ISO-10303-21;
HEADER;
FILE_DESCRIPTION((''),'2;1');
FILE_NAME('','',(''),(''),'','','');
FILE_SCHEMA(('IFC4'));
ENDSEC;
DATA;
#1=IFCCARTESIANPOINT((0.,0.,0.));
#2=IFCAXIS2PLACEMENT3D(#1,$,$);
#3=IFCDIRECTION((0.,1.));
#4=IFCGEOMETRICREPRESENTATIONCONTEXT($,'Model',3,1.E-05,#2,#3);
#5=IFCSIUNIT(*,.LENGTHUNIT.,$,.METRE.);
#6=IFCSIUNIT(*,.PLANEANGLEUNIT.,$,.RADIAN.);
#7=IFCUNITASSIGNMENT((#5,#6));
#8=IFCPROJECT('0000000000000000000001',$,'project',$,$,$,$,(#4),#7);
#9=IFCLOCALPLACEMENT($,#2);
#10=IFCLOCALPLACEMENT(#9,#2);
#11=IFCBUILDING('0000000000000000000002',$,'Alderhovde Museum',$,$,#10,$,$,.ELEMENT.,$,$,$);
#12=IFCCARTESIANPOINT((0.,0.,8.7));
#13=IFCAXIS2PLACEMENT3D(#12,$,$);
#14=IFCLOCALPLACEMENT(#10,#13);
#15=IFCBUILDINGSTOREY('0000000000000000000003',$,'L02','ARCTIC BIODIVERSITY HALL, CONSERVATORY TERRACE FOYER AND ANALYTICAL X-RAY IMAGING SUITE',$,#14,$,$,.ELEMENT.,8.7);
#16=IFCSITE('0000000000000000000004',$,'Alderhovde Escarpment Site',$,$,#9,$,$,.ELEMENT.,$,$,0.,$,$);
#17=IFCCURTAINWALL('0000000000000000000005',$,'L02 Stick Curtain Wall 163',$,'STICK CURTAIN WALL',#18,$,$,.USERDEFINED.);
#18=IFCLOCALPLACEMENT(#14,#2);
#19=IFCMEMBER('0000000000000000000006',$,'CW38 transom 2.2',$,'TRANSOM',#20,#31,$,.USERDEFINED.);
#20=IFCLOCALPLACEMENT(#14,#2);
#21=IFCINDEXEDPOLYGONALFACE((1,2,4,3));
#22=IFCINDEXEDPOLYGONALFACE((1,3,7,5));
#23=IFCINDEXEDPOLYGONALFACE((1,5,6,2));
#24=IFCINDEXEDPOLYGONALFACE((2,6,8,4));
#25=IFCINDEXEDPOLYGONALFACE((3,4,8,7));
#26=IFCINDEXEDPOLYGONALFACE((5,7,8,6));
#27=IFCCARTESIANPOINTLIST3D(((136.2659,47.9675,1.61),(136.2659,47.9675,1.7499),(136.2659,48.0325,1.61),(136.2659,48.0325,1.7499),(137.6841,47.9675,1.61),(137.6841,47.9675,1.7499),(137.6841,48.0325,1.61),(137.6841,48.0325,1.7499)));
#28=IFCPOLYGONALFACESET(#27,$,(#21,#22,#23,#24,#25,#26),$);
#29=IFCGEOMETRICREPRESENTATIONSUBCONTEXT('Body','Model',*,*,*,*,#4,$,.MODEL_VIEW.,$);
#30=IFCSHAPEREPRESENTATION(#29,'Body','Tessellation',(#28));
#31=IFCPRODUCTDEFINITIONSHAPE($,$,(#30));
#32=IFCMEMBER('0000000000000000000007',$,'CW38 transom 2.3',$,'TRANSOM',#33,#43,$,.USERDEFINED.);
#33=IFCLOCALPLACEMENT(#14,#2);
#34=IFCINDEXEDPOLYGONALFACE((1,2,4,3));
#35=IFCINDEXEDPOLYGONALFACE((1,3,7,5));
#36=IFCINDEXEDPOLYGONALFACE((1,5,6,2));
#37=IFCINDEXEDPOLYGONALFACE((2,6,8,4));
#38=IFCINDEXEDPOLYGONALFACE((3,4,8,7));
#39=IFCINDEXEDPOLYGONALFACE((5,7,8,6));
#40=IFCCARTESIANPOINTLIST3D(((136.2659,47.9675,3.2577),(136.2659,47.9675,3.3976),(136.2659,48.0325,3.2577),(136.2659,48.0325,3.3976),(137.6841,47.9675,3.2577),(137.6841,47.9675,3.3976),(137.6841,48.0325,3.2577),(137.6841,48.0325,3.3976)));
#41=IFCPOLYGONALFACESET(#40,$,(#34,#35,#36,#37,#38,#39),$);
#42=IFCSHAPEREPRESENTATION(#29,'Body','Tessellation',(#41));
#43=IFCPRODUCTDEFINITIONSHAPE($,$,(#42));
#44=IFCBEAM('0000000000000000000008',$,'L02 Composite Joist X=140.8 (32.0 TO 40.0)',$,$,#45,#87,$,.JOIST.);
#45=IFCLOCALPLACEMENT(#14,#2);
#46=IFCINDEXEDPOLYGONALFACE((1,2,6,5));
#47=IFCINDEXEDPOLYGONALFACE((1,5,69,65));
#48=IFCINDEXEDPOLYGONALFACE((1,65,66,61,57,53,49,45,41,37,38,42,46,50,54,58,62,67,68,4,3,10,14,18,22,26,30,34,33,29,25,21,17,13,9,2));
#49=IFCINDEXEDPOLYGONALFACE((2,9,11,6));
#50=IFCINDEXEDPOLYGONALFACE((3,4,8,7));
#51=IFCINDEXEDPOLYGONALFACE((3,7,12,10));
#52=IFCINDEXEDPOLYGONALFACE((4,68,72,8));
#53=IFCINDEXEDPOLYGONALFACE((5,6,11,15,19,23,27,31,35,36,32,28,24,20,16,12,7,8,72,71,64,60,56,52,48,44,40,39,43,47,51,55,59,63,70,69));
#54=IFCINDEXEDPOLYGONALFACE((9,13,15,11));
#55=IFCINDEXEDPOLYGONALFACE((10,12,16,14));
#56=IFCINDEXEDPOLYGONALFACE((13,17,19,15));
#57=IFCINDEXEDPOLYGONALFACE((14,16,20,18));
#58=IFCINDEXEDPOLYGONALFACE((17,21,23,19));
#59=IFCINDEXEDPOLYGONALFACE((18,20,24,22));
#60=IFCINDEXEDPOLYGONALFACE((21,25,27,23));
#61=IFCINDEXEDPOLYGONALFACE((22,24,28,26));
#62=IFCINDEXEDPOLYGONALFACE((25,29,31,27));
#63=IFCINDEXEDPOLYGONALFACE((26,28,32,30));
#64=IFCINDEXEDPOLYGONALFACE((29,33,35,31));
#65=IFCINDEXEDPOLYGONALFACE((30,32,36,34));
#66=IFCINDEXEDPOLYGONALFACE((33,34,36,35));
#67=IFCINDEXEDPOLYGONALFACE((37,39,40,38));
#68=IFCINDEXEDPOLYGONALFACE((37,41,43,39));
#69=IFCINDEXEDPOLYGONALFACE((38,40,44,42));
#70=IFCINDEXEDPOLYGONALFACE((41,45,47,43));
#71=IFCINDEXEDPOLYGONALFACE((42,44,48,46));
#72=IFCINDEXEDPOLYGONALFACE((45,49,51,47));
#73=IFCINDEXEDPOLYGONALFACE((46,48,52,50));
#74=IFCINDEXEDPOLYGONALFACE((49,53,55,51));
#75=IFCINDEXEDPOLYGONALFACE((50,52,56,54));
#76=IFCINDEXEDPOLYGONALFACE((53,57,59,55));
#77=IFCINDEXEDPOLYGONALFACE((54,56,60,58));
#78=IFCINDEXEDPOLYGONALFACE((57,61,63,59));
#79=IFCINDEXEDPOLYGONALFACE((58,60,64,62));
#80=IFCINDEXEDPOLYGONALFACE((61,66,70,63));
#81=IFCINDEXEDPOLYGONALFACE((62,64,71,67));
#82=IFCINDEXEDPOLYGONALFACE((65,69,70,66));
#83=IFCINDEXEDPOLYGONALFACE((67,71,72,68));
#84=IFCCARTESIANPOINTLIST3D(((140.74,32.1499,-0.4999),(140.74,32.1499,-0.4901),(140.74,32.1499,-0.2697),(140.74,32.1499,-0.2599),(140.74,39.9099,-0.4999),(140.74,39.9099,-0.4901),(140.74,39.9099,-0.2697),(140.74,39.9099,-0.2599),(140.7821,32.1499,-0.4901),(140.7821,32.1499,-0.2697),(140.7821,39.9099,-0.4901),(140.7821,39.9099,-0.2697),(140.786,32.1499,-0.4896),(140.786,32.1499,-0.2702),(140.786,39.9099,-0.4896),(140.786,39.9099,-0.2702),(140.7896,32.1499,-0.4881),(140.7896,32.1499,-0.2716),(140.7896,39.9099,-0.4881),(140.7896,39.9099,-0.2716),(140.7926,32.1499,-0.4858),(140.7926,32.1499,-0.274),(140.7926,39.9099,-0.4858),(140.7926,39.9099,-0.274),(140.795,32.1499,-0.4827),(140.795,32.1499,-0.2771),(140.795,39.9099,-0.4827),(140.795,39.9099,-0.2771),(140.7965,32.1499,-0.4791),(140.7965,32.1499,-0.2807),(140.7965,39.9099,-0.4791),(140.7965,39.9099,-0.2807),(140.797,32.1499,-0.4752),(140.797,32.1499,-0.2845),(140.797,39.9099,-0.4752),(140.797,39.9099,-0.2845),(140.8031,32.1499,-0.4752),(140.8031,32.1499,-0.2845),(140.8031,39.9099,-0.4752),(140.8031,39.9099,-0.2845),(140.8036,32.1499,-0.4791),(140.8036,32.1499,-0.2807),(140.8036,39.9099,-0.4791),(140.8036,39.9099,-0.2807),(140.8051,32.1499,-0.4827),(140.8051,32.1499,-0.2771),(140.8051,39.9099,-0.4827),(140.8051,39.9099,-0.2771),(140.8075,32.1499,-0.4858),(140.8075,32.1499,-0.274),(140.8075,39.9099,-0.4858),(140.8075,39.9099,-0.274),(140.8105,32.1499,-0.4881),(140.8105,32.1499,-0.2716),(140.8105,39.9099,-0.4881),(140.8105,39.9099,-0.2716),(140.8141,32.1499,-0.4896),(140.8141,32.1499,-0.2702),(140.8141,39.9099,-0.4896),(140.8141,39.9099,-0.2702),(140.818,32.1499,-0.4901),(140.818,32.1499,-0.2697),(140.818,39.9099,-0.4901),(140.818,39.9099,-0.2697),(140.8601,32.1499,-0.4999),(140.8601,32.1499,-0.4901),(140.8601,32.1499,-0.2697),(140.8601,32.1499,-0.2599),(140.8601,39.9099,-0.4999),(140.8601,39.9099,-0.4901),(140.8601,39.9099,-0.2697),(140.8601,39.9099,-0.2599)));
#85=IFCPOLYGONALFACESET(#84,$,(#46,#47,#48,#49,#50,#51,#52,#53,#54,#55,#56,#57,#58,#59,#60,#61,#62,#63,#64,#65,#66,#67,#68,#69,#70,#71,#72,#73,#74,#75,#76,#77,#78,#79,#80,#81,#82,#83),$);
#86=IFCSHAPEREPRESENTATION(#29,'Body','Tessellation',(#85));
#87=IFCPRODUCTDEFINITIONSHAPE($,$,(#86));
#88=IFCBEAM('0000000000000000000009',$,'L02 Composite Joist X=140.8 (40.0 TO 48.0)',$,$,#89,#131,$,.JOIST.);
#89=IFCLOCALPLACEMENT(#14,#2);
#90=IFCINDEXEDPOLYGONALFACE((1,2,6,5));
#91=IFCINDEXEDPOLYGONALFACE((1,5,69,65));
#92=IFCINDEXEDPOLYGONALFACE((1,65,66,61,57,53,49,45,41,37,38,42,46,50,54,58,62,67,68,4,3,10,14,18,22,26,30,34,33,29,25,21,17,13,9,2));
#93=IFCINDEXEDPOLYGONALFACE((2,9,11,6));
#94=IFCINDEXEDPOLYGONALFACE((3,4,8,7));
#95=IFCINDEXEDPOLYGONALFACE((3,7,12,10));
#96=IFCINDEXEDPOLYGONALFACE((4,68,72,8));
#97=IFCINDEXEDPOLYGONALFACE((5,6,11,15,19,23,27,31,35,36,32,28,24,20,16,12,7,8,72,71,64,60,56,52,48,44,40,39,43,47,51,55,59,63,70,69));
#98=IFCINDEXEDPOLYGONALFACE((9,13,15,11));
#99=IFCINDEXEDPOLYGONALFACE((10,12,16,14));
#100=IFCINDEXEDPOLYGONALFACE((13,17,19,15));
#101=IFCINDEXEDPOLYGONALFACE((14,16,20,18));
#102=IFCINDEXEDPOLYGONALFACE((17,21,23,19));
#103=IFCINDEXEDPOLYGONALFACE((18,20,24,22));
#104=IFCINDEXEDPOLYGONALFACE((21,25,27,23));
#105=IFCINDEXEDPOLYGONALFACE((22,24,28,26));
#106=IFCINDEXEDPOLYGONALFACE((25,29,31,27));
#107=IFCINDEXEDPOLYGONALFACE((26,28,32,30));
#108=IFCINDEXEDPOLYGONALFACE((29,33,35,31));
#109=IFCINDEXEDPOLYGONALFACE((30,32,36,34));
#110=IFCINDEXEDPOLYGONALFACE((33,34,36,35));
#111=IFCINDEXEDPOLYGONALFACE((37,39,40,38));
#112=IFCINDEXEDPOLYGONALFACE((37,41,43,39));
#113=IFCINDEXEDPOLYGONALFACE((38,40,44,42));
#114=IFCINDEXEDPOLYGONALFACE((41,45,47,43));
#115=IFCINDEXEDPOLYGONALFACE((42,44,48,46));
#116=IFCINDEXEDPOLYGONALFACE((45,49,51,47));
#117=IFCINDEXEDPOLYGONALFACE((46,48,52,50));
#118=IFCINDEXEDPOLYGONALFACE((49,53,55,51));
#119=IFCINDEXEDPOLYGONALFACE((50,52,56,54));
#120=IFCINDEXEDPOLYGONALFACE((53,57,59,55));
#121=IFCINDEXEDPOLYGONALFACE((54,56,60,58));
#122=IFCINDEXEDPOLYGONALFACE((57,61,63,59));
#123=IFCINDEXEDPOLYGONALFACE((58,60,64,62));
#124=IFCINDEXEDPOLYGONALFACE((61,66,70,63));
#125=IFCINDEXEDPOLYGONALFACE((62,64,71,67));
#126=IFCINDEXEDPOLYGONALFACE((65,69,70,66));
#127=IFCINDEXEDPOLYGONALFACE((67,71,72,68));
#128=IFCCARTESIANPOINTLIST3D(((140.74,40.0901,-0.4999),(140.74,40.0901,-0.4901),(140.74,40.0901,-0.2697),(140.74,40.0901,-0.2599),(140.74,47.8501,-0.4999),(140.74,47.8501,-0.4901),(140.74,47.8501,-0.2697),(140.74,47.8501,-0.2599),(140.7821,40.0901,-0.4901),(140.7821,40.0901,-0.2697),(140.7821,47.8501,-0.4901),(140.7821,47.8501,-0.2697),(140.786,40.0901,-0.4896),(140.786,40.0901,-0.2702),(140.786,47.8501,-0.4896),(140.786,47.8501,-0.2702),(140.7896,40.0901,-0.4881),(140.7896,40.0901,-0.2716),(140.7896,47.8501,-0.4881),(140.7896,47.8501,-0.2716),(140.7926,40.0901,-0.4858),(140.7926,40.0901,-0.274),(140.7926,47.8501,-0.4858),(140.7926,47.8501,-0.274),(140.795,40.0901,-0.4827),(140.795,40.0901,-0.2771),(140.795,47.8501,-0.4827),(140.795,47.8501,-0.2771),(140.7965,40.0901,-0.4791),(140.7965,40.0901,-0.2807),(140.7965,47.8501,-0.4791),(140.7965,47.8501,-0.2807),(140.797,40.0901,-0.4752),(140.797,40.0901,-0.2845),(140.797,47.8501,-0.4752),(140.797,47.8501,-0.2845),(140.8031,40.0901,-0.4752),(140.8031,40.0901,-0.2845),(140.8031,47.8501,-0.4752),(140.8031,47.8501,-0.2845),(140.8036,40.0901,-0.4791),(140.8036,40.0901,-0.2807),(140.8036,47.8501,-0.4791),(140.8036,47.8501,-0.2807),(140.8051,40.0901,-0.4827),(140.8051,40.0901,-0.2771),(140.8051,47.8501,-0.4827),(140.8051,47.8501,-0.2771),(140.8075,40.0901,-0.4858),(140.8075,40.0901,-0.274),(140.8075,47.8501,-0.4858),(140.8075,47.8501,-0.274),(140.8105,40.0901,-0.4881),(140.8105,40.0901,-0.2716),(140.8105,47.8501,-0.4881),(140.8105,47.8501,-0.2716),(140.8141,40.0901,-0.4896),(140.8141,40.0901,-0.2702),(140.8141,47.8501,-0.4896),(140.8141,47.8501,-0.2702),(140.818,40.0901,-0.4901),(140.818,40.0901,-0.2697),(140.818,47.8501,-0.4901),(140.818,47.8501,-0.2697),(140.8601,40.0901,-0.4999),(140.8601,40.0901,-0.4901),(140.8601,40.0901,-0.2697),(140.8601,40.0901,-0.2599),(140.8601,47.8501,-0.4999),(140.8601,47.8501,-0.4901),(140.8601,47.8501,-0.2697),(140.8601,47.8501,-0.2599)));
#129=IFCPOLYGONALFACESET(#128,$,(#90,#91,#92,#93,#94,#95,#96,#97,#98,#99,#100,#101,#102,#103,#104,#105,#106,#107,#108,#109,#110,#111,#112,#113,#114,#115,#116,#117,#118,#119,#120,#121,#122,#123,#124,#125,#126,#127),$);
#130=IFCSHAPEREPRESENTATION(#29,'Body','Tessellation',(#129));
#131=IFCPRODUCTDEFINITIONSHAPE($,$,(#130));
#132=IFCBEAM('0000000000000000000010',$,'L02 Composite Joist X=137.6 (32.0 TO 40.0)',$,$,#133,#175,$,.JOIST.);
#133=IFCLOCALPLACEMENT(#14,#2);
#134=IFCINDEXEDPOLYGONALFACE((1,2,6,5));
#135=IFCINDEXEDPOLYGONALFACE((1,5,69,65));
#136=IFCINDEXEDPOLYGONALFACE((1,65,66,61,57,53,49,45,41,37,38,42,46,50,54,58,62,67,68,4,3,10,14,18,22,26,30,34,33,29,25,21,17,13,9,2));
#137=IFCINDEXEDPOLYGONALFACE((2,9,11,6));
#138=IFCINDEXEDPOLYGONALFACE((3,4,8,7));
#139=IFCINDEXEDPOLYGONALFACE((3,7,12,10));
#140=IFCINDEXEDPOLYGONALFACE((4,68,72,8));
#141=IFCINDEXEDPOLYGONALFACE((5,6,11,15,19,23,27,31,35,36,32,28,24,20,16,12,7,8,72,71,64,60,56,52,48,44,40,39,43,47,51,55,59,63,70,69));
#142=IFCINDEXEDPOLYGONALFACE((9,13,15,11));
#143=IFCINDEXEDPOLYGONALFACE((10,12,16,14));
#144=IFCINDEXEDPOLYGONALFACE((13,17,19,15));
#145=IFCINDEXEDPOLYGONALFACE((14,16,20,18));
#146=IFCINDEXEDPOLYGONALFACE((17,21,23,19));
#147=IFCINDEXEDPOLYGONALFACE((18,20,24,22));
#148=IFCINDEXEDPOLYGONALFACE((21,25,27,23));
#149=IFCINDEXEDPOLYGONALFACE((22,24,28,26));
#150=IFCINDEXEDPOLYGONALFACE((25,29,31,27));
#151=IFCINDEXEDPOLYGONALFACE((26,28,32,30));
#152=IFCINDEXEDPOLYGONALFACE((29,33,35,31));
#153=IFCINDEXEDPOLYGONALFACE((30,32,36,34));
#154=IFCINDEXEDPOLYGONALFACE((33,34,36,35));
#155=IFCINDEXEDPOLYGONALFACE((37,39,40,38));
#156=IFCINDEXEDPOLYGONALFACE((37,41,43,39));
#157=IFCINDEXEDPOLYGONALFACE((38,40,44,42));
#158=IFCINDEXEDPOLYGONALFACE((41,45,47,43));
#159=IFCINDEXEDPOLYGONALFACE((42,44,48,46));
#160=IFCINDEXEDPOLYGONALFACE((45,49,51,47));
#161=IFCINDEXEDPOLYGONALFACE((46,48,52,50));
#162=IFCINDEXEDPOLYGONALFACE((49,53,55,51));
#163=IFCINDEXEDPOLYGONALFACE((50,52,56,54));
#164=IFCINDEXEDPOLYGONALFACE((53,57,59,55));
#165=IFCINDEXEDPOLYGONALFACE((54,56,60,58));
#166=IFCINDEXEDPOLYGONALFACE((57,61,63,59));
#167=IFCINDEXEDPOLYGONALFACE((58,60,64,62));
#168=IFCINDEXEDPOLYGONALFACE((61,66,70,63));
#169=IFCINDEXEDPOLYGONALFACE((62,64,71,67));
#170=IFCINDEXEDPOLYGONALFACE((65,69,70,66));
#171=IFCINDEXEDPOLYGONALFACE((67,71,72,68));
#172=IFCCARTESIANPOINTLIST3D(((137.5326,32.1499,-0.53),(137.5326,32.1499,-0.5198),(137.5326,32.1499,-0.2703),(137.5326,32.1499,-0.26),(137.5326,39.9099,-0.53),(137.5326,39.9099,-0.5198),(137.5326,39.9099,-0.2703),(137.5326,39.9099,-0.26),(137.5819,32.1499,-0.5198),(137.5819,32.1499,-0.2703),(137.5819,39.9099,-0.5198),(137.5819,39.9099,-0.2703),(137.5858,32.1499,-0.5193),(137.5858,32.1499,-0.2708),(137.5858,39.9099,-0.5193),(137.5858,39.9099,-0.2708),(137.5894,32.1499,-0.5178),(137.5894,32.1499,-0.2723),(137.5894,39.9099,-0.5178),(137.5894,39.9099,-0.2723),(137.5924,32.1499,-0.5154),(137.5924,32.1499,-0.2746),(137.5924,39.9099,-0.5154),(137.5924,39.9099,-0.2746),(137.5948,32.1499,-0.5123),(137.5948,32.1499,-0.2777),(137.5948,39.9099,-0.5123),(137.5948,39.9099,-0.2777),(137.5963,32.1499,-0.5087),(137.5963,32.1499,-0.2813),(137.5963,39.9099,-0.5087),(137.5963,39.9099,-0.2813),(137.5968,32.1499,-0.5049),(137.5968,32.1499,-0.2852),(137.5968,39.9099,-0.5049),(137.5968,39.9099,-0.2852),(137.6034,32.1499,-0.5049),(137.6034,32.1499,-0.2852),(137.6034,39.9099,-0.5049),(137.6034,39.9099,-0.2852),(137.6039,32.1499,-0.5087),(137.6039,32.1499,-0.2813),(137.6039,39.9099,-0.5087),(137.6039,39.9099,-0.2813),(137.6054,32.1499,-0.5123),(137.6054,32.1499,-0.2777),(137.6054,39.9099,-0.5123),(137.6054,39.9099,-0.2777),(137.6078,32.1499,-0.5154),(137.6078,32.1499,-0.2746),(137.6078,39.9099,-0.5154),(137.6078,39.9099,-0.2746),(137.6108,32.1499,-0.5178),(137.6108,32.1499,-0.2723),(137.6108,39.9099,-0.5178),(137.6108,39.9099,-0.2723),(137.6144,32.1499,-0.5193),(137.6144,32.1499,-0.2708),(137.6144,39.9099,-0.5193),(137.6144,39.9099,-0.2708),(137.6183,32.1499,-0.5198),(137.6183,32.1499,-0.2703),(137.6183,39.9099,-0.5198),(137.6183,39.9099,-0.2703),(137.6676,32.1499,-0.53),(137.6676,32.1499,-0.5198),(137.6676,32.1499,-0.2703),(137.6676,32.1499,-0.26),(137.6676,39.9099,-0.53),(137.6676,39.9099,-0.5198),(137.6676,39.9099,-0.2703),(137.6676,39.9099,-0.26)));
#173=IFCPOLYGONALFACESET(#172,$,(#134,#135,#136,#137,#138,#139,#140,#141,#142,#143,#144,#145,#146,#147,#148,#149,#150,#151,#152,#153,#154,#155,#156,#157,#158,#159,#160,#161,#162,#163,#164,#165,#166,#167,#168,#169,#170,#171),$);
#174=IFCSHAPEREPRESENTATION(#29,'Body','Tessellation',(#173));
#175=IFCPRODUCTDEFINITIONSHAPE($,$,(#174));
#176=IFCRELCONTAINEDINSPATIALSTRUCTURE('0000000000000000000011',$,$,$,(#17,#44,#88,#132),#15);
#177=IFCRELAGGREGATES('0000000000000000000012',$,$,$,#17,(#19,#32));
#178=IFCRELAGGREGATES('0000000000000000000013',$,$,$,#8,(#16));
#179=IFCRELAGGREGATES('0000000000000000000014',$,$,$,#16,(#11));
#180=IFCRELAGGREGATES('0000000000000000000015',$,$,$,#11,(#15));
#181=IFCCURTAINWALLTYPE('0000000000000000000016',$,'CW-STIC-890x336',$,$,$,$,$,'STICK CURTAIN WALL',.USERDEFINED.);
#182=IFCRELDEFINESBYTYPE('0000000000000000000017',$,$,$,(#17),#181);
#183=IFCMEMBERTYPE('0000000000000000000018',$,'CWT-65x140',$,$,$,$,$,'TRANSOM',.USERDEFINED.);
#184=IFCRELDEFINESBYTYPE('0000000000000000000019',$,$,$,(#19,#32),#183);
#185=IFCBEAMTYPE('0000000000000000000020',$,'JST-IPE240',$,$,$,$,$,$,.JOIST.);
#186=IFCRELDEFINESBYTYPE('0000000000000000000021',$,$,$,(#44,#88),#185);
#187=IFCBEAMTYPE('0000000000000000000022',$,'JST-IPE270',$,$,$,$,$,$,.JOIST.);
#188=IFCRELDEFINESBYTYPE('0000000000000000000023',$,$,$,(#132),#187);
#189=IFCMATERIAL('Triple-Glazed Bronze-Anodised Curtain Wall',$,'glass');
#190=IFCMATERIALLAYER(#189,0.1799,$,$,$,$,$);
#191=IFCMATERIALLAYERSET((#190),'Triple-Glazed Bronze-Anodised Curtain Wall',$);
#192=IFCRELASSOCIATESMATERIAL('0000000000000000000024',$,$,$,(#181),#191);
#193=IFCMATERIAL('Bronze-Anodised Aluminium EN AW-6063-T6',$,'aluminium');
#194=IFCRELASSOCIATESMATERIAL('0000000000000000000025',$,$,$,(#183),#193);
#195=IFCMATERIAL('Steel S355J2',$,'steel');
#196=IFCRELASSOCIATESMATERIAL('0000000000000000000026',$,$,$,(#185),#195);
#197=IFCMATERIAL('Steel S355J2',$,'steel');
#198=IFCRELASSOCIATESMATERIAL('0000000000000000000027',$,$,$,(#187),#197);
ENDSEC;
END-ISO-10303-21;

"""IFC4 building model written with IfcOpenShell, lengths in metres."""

from ifc_helpers import new_model, si_unit, direction, frame, origin, origin_2d, place, context, subcontext, project, spatial, rectangle, i_section, extrude, material, layer, layer_set, material_profile, profile_set, type_object, element, aggregate, save


model = new_model("IFC4")

# Units and contexts
model_context = context("Model", 3, precision=1e-05, world=origin(), true_north=direction((0.0, 1.0)))
body_context = subcontext(model_context, "Body", "Model", "MODEL_VIEW")
ifc_project = project(units=[si_unit("LENGTHUNIT", "METRE"), si_unit("PLANEANGLEUNIT", "RADIAN")], contexts=[model_context])

# Site, building, storey
site_placement = place(None, origin())
site = spatial("IfcSite", under=ifc_project, at=site_placement, Name="Alderhovde Escarpment Site", CompositionType="ELEMENT", RefElevation=0.0)
building_placement = place(site_placement, origin())
building = spatial("IfcBuilding", under=site, at=building_placement, Name="Alderhovde Museum", CompositionType="ELEMENT")
storey_placement = place(building_placement, frame((0.0, 0.0, 8.7)))
storey = spatial("IfcBuildingStorey", under=building, at=storey_placement, Name="L02", Description="ARCTIC BIODIVERSITY HALL, CONSERVATORY TERRACE FOYER AND ANALYTICAL X-RAY IMAGING SUITE", CompositionType="ELEMENT", Elevation=8.7)

# Curtain wall, members
ifc_material_1 = material(Name="Triple-Glazed Bronze-Anodised Curtain Wall", Category="glass")
ifc_layer_1 = layer(ifc_material_1, 0.1799)
ifc_layer_set_1 = layer_set([ifc_layer_1], Name="Triple-Glazed Bronze-Anodised Curtain Wall")
curtain_wall_type = type_object("IfcCurtainWallType", Name="CW-STIC-890x336", ElementType="STICK CURTAIN WALL", PredefinedType="USERDEFINED", material=ifc_layer_set_1)
curtain_wall_placement = place(storey_placement, origin())
curtain_wall = element("IfcCurtainWall", 1, at=curtain_wall_placement, inside=storey, type_object=curtain_wall_type, Name="L02 Stick Curtain Wall 163", ObjectType="STICK CURTAIN WALL", PredefinedType="USERDEFINED")
ifc_material_2 = material(Name="Bronze-Anodised Aluminium EN AW-6063-T6", Category="aluminium")
ifc_material_profile_1 = material_profile(ifc_material_2, rectangle(XDim=0.0649, YDim=0.1399, at=origin_2d()), Name="TRANSOM 65x140")
ifc_profile_set_1 = profile_set([ifc_material_profile_1], Name="Bronze-Anodised Aluminium EN AW-6063-T6")
member_type_1 = type_object("IfcMemberType", Name="CWT-65x140", ElementType="TRANSOM", PredefinedType="USERDEFINED", material=ifc_profile_set_1)
member_1_placement = place(storey_placement, frame((136.2659, 48.0, 1.6799), z_axis=(1.0, 0.0, 0.0), x_axis=(0.0, 1.0, 0.0)))
member_1 = element("IfcMember", 2, at=member_1_placement, type_object=member_type_1, Name="CW38 transom 2.2", ObjectType="TRANSOM", PredefinedType="USERDEFINED", context=body_context, shape_type="SweptSolid", body=[
    extrude(rectangle(XDim=0.0649, YDim=0.1399, at=origin_2d()), origin(), (0.0, 0.0, 1.0), 1.4182),
])
member_2_placement = place(storey_placement, frame((136.2659, 48.0, 3.3276), z_axis=(1.0, 0.0, 0.0), x_axis=(0.0, 1.0, 0.0)))
member_2 = element("IfcMember", 3, at=member_2_placement, type_object=member_type_1, Name="CW38 transom 2.3", ObjectType="TRANSOM", PredefinedType="USERDEFINED", context=body_context, shape_type="SweptSolid", body=[
    extrude(rectangle(XDim=0.0649, YDim=0.1399, at=origin_2d()), origin(), (0.0, 0.0, 1.0), 1.4182),
])

# Beams
ifc_material_3 = material(Name="Steel S355J2", Category="steel")
ifc_material_profile_2 = material_profile(ifc_material_3, i_section(OverallWidth=0.1201, OverallDepth=0.24, WebThickness=0.0061, FlangeThickness=0.0098, FilletRadius=0.0149, at=origin_2d()), Name="IPE 240")
ifc_profile_set_2 = profile_set([ifc_material_profile_2], Name="Steel S355J2")
beam_type_1 = type_object("IfcBeamType", Name="JST-IPE240", PredefinedType="JOIST", material=ifc_profile_set_2)
for number, where, z_axis, x_axis, name in (
    (4, (140.8, 32.1499, -0.3799), (0.0, 1.0, 0.0), (-1.0, 0.0, 0.0), "L02 Composite Joist X=140.8 (32.0 TO 40.0)"),
    (5, (140.8, 40.0901, -0.3799), (0.0, 1.0, 0.0), (-1.0, 0.0, 0.0), "L02 Composite Joist X=140.8 (40.0 TO 48.0)"),
):
    element("IfcBeam", number, at=place(storey_placement, frame(where, z_axis=z_axis, x_axis=x_axis)), inside=storey, type_object=beam_type_1, Name=name, PredefinedType="JOIST", context=body_context, shape_type="SweptSolid", body=[
        extrude(i_section(OverallWidth=0.1201, OverallDepth=0.24, WebThickness=0.0061, FlangeThickness=0.0098, FilletRadius=0.0149, at=origin_2d()), origin(), (0.0, 0.0, 1.0), 7.76),
    ])
ifc_material_4 = material(Name="Steel S355J2", Category="steel")
ifc_material_profile_3 = material_profile(ifc_material_4, i_section(OverallWidth=0.135, OverallDepth=0.27, WebThickness=0.0066, FlangeThickness=0.0103, FilletRadius=0.0149, at=origin_2d()), Name="IPE 270")
ifc_profile_set_3 = profile_set([ifc_material_profile_3], Name="Steel S355J2")
beam_type_2 = type_object("IfcBeamType", Name="JST-IPE270", PredefinedType="JOIST", material=ifc_profile_set_3)
for number, where, z_axis, x_axis, name in (
    (6, (137.6001, 32.1499, -0.395), (0.0, 1.0, 0.0), (-1.0, 0.0, 0.0), "L02 Composite Joist X=137.6 (32.0 TO 40.0)"),
):
    element("IfcBeam", number, at=place(storey_placement, frame(where, z_axis=z_axis, x_axis=x_axis)), inside=storey, type_object=beam_type_2, Name=name, PredefinedType="JOIST", context=body_context, shape_type="SweptSolid", body=[
        extrude(i_section(OverallWidth=0.135, OverallDepth=0.27, WebThickness=0.0066, FlangeThickness=0.0103, FilletRadius=0.0149, at=origin_2d()), origin(), (0.0, 0.0, 1.0), 7.76),
    ])

aggregate(curtain_wall, [member_1, member_2])

save(model, "model.ifc")
